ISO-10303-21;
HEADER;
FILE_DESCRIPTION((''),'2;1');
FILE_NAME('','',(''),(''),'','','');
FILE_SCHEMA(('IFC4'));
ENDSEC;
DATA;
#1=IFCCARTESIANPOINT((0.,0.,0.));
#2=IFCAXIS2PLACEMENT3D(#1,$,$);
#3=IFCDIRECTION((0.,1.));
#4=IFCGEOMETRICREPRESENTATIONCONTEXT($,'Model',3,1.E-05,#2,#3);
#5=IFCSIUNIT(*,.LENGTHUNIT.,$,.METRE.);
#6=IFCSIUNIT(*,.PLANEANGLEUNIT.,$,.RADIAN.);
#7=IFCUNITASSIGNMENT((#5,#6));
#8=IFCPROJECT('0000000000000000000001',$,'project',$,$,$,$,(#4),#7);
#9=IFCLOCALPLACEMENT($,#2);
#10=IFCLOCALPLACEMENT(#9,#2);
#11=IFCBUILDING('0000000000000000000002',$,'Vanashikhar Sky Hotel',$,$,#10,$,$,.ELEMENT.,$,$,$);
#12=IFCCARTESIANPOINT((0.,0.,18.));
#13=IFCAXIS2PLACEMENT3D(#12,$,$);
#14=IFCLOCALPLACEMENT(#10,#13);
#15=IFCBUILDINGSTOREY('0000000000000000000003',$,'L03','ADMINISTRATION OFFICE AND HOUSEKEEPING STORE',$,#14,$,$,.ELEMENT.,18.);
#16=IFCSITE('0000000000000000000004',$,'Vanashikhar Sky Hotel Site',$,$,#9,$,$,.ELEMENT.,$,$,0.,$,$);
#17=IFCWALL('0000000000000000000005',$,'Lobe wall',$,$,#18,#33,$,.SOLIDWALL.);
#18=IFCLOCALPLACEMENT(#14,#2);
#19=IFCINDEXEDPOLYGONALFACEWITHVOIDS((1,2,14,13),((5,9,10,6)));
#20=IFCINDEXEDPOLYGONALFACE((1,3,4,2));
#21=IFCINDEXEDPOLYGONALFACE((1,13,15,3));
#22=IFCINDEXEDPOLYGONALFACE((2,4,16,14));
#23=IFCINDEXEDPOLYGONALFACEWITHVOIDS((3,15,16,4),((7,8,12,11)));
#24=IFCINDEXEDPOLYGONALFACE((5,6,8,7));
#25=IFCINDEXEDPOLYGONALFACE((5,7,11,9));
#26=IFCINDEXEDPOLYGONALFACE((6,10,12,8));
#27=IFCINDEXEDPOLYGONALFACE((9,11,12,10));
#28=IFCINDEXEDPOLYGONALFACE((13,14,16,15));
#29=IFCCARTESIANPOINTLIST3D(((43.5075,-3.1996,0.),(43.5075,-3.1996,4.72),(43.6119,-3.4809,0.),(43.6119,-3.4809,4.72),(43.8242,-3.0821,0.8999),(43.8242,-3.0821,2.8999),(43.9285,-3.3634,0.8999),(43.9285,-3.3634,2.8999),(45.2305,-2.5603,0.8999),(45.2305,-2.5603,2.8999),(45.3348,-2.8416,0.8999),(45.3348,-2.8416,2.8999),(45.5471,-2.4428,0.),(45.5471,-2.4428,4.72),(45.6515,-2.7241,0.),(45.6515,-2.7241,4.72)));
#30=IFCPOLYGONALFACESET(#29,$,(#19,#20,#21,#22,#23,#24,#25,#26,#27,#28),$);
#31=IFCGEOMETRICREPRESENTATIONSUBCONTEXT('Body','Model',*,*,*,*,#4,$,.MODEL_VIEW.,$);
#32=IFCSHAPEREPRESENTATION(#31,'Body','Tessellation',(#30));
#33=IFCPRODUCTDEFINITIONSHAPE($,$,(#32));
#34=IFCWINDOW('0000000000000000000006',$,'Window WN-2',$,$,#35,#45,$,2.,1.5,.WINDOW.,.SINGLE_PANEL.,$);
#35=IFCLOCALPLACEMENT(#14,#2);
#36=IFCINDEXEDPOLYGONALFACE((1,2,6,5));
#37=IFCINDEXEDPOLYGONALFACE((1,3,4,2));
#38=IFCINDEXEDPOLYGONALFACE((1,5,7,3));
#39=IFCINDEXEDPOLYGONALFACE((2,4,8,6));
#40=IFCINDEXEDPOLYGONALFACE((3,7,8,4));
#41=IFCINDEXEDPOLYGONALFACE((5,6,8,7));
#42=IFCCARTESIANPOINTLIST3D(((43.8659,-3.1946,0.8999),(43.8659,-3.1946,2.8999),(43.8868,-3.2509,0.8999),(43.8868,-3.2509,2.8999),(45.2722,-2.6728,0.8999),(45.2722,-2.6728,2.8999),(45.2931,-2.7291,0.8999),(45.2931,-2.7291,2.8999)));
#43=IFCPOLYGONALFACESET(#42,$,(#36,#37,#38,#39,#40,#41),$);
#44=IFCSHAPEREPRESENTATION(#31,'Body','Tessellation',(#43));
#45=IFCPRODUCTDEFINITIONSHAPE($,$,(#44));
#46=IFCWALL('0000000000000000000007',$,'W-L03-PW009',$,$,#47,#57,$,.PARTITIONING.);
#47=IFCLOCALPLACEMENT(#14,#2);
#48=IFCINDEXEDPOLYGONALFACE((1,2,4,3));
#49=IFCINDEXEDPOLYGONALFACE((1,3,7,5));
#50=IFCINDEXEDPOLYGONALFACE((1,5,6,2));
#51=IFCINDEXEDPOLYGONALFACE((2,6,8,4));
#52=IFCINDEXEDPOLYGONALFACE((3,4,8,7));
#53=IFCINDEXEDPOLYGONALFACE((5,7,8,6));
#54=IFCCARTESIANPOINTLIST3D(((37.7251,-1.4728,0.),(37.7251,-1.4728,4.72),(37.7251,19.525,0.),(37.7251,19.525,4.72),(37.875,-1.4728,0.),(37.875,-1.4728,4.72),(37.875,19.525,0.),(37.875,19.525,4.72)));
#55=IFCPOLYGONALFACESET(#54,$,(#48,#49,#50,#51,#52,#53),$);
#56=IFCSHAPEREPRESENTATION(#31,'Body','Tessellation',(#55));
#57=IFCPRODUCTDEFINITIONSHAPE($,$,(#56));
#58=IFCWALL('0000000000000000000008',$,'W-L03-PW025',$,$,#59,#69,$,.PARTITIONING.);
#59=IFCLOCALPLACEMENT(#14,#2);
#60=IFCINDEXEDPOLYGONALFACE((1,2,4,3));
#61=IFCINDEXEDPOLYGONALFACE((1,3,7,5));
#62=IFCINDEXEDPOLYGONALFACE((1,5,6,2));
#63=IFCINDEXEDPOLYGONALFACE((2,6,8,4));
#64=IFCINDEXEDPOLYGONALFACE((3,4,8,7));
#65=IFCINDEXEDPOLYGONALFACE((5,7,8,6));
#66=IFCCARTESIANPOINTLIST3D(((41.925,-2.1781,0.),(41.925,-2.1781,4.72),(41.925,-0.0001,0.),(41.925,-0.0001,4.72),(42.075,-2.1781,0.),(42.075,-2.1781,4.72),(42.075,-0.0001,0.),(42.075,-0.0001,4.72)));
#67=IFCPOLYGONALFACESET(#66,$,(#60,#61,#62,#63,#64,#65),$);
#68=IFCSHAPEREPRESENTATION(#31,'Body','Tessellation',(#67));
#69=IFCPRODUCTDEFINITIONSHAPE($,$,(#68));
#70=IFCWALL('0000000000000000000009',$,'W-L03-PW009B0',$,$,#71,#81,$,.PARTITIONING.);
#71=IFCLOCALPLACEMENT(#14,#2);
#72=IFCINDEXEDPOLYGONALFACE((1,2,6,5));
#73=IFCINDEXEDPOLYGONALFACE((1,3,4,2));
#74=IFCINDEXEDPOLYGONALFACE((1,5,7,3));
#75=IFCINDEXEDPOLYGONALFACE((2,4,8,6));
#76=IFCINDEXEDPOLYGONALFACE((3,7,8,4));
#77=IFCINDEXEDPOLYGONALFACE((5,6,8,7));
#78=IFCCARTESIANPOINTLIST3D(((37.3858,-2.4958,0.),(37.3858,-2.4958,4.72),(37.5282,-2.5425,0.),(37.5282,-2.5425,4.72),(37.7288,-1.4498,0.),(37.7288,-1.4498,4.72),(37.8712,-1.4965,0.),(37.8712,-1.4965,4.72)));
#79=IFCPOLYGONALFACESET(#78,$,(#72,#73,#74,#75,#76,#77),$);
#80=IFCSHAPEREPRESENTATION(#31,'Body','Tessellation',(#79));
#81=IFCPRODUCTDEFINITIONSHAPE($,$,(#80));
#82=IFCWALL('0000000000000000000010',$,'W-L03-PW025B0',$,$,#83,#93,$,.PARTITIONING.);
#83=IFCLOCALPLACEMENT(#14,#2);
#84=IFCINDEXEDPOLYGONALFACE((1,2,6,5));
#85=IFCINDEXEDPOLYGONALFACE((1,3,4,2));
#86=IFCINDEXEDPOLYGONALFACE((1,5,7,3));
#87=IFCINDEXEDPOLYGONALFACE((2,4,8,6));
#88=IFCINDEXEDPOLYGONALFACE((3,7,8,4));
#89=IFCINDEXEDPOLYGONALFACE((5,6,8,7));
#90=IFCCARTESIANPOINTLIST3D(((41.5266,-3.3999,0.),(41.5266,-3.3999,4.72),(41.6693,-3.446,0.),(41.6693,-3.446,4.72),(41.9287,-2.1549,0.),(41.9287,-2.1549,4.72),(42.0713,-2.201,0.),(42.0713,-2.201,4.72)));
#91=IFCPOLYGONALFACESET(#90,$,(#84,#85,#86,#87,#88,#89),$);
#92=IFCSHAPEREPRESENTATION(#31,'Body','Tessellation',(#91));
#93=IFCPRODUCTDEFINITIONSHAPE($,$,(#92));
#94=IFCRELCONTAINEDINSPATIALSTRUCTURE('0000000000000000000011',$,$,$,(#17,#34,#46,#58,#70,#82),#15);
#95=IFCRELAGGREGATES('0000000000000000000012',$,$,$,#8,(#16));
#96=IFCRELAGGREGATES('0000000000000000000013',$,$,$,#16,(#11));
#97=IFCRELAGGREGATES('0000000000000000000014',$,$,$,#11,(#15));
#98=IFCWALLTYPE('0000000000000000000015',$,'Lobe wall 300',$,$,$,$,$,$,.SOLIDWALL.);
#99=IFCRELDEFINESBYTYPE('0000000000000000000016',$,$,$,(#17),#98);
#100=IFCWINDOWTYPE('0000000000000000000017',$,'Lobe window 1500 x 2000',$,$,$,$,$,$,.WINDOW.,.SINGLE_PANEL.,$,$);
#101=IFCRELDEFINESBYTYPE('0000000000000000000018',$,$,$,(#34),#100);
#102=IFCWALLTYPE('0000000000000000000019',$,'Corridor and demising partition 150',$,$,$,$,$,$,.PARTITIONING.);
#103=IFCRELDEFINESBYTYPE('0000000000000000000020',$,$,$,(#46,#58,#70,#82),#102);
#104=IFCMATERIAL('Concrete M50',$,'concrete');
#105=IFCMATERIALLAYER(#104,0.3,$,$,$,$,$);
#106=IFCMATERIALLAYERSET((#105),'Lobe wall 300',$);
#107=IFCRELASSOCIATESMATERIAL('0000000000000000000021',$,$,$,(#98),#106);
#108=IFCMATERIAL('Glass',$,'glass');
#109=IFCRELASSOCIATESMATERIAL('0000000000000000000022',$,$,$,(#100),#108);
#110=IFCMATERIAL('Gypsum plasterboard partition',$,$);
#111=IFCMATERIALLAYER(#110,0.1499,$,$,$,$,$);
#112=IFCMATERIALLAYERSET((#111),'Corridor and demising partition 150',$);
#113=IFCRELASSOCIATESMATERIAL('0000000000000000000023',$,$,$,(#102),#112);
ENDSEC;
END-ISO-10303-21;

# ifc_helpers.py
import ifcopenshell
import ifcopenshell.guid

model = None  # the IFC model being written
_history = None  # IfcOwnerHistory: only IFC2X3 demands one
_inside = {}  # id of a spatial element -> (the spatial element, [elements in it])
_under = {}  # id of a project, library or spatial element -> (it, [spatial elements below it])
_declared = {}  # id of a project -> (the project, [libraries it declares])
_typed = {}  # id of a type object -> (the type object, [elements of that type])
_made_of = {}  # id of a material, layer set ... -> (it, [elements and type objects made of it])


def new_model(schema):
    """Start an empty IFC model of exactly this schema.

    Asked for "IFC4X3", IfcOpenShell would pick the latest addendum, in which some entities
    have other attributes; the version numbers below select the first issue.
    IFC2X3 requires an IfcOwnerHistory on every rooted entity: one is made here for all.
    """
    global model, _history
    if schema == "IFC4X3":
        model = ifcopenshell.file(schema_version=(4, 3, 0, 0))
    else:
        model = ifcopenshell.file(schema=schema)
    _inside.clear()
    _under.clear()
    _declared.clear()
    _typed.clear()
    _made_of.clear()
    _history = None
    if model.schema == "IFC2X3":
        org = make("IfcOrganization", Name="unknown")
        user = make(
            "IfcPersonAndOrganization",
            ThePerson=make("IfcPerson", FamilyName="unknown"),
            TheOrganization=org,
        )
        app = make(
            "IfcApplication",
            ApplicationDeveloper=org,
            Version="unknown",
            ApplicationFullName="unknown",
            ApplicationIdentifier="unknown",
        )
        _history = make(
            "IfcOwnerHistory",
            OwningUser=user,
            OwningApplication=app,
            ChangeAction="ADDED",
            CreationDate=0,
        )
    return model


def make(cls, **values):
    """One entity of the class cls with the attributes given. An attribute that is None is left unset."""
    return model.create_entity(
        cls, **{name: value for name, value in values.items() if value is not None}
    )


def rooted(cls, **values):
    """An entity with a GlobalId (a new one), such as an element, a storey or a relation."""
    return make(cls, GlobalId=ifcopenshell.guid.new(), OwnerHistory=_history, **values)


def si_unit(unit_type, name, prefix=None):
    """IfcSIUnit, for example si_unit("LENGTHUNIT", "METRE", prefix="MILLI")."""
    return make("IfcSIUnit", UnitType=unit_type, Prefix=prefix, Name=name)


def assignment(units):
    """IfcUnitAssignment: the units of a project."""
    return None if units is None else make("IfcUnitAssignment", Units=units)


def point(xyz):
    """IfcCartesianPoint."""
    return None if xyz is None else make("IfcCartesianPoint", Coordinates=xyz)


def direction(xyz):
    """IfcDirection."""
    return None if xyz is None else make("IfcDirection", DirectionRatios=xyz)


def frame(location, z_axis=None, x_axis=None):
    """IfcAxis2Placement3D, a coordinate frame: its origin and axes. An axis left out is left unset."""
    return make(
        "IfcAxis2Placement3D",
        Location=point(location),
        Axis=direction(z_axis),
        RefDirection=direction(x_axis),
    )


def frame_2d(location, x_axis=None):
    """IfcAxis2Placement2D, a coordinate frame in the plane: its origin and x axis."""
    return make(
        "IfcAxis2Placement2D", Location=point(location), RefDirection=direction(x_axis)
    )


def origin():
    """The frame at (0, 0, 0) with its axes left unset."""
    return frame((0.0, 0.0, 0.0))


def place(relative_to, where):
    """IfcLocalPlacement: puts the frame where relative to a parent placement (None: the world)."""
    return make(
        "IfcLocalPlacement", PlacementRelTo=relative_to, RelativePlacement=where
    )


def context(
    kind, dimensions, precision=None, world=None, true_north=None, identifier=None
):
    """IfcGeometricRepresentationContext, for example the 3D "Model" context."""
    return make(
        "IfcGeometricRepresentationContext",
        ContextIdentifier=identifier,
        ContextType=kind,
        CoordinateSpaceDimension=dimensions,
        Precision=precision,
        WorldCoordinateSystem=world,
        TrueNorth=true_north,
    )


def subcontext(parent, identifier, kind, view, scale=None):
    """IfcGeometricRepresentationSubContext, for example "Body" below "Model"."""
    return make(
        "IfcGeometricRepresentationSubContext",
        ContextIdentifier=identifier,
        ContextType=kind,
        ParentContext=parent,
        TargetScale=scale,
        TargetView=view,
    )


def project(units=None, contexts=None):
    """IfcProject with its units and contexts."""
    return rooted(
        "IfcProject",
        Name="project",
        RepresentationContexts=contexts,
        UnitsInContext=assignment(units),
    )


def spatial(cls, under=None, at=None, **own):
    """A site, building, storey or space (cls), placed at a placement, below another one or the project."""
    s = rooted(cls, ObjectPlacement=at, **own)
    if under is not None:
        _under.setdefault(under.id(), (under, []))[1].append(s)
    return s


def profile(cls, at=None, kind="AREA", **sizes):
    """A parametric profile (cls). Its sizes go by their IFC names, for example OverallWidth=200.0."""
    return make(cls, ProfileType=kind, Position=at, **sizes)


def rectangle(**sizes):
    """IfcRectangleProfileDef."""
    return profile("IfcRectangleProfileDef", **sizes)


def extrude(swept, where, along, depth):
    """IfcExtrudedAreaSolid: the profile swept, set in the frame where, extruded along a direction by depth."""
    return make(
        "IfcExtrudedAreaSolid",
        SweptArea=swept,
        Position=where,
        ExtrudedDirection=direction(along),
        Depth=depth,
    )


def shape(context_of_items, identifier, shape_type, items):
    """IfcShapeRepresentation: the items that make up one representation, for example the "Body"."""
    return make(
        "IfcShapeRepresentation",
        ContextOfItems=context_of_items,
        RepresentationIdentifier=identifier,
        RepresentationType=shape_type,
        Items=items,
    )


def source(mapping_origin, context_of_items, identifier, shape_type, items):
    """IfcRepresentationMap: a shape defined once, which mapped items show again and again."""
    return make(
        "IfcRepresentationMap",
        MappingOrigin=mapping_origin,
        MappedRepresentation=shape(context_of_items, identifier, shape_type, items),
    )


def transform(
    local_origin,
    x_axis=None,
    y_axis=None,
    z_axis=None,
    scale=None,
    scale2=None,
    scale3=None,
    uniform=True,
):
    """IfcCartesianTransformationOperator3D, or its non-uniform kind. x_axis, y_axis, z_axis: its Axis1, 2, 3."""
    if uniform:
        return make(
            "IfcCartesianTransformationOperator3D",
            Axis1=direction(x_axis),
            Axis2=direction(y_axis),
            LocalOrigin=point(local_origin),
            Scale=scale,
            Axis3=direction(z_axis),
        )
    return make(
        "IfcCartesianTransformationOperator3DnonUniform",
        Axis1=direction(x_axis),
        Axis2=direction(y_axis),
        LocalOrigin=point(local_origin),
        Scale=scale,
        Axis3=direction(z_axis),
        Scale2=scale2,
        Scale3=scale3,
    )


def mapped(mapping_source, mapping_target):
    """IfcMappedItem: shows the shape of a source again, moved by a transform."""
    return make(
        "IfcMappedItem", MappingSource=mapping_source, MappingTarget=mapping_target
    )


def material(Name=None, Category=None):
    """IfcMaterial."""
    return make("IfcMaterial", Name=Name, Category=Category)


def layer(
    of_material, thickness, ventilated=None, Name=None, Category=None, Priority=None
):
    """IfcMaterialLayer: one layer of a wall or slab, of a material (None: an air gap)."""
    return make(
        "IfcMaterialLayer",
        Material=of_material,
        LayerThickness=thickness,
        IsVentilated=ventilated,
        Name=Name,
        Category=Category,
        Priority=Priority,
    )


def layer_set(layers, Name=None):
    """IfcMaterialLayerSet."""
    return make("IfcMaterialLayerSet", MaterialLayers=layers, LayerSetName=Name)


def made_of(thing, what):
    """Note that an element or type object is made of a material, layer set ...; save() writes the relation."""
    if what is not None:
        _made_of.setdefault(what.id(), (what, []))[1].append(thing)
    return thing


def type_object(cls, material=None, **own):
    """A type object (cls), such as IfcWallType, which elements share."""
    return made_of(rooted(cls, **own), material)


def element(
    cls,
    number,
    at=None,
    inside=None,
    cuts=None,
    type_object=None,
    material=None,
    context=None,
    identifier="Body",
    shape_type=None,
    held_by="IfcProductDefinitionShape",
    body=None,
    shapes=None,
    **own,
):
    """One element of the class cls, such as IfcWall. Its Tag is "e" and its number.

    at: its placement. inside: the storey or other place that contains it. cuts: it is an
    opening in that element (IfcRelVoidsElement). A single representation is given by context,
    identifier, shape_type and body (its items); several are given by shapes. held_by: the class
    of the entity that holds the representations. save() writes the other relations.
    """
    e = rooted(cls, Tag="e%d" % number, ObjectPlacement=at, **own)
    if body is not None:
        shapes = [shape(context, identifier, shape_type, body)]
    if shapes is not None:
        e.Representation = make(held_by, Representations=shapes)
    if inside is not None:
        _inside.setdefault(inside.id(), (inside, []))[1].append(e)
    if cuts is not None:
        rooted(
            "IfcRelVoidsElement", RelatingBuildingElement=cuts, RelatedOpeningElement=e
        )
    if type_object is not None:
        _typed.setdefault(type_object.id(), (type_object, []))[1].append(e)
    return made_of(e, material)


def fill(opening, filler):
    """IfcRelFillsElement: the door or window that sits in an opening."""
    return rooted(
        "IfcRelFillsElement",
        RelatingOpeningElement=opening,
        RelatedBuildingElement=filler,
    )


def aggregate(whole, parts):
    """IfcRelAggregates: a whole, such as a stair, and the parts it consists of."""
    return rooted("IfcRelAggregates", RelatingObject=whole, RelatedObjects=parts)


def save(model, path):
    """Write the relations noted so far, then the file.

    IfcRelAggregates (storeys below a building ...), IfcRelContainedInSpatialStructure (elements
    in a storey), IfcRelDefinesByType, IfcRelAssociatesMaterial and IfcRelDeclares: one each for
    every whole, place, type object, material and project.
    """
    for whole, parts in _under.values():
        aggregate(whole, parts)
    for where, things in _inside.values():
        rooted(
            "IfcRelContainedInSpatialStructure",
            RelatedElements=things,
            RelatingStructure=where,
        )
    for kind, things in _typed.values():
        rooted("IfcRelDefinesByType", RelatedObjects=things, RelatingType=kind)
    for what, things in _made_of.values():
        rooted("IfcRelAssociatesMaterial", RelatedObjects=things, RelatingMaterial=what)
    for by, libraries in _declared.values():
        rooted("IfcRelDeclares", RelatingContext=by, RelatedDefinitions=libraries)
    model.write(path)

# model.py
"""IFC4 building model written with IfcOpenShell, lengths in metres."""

from ifc_helpers import new_model, si_unit, direction, frame, frame_2d, origin, place, context, subcontext, project, spatial, rectangle, extrude, source, transform, mapped, material, layer, layer_set, type_object, element, fill, save


model = new_model("IFC4")

# Units and contexts
model_context = context("Model", 3, precision=1e-05, world=origin(), true_north=direction((0.0, 1.0)))
body_context = subcontext(model_context, "Body", "Model", "MODEL_VIEW")
ifc_project = project(units=[si_unit("LENGTHUNIT", "METRE"), si_unit("PLANEANGLEUNIT", "RADIAN")], contexts=[model_context])

# Site, building, storey
site_placement = place(None, origin())
site = spatial("IfcSite", under=ifc_project, at=site_placement, Name="Vanashikhar Sky Hotel Site", CompositionType="ELEMENT", RefElevation=0.0)
building_placement = place(site_placement, origin())
building = spatial("IfcBuilding", under=site, at=building_placement, Name="Vanashikhar Sky Hotel", CompositionType="ELEMENT")
storey_placement = place(building_placement, frame((0.0, 0.0, 18.0)))
storey = spatial("IfcBuildingStorey", under=building, at=storey_placement, Name="L03", Description="ADMINISTRATION OFFICE AND HOUSEKEEPING STORE", CompositionType="ELEMENT", Elevation=18.0)

# Wall, opening, window
ifc_material_1 = material(Name="Concrete M50", Category="concrete")
ifc_layer_1 = layer(ifc_material_1, 0.3)
ifc_layer_set_1 = layer_set([ifc_layer_1], Name="Lobe wall 300")
wall_type_1 = type_object("IfcWallType", Name="Lobe wall 300", PredefinedType="SOLIDWALL", material=ifc_layer_set_1)
shared_shape_1 = source(origin(), body_context, "Body", "SweptSolid", [
    extrude(rectangle(XDim=1.5, YDim=2.0, at=frame_2d((0.75, 1.0))), frame((0.0, 0.1602, 0.0), z_axis=(0.0, -1.0, 0.0), x_axis=(1.0, 0.0, 0.0)), (0.0, 0.0, 1.0), 0.3201),
])
ifc_material_2 = material(Name="Glass", Category="glass")
window_type = type_object("IfcWindowType", Name="Lobe window 1500 x 2000", PartitioningType="SINGLE_PANEL", PredefinedType="WINDOW", material=ifc_material_2)
shared_shape_2 = source(origin(), body_context, "Body", "SweptSolid", [
    extrude(rectangle(XDim=1.5, YDim=2.0, at=frame_2d((0.75, 1.0))), frame((0.0, 0.03, 0.0), z_axis=(0.0, -1.0, 0.0), x_axis=(1.0, 0.0, 0.0)), (0.0, 0.0, 1.0), 0.0601),
])
shared_shape_3 = source(origin(), body_context, "Body", "SweptSolid", [
    extrude(rectangle(XDim=2.1755, YDim=0.3, at=frame_2d((1.0879, 0.0))), origin(), (0.0, 0.0, 1.0), 4.72),
])
wall_1_placement = place(storey_placement, frame((43.5596, -3.3403, 0.0), z_axis=(0.0, 0.0, 1.0), x_axis=(0.937532, 0.347899, 0.0)))
wall_1 = element("IfcWall", 1, at=wall_1_placement, inside=storey, type_object=wall_type_1, Name="Lobe wall", PredefinedType="SOLIDWALL", context=body_context, shape_type="MappedRepresentation", body=[
    mapped(shared_shape_3, transform((0.0, 0.0, 0.0), scale=1.0)),
])
opening_1_placement = place(wall_1_placement, frame((0.3379, 0.0, 0.8999)))
opening_1 = element("IfcOpeningElement", 2, at=opening_1_placement, cuts=wall_1, PredefinedType="OPENING", context=body_context, shape_type="MappedRepresentation", body=[
    mapped(shared_shape_1, transform((0.0, 0.0, 0.0), scale=1.0)),
])
window_1_placement = place(opening_1_placement, origin())
window_1 = element("IfcWindow", 3, at=window_1_placement, inside=storey, type_object=window_type, Name="Window WN-2", OverallHeight=2.0, OverallWidth=1.5, PartitioningType="SINGLE_PANEL", PredefinedType="WINDOW", context=body_context, shape_type="MappedRepresentation", body=[
    mapped(shared_shape_2, transform((0.0, 0.0, 0.0), scale=1.0)),
])
fill(opening_1, window_1)

# Walls
ifc_material_3 = material(Name="Gypsum plasterboard partition")
ifc_layer_2 = layer(ifc_material_3, 0.1499)
ifc_layer_set_2 = layer_set([ifc_layer_2], Name="Corridor and demising partition 150")
wall_type_2 = type_object("IfcWallType", Name="Corridor and demising partition 150", PredefinedType="PARTITIONING", material=ifc_layer_set_2)
shared_shape_4 = source(origin(), body_context, "Body", "SweptSolid", [
    extrude(rectangle(XDim=20.9978, YDim=0.1499, at=frame_2d((10.499, 0.0))), origin(), (0.0, 0.0, 1.0), 4.72),
])
wall_2_placement = place(storey_placement, frame((37.8, -1.4729, 0.0), z_axis=(0.0, 0.0, 1.0), x_axis=(0.0, 1.0, 0.0)))
element("IfcWall", 4, at=wall_2_placement, inside=storey, type_object=wall_type_2, Name="W-L03-PW009", PredefinedType="PARTITIONING", context=body_context, shape_type="MappedRepresentation", body=[
    mapped(shared_shape_4, transform((0.0, 0.0, 0.0), scale=1.0)),
])
shared_shape_5 = source(origin(), body_context, "Body", "SweptSolid", [
    extrude(rectangle(XDim=2.178, YDim=0.1499, at=frame_2d((1.0889, 0.0))), origin(), (0.0, 0.0, 1.0), 4.72),
])
wall_3_placement = place(storey_placement, frame((42.0, -2.178, 0.0), z_axis=(0.0, 0.0, 1.0), x_axis=(0.0, 1.0, 0.0)))
element("IfcWall", 5, at=wall_3_placement, inside=storey, type_object=wall_type_2, Name="W-L03-PW025", PredefinedType="PARTITIONING", context=body_context, shape_type="MappedRepresentation", body=[
    mapped(shared_shape_5, transform((0.0, 0.0, 0.0), scale=1.0)),
])
shared_shape_6 = source(origin(), body_context, "Body", "SweptSolid", [
    extrude(rectangle(XDim=1.1008, YDim=0.1499, at=frame_2d((0.5503, 0.0))), origin(), (0.0, 0.0, 1.0), 4.72),
])
wall_4_placement = place(storey_placement, frame((37.457, -2.519, 0.0), z_axis=(0.0, 0.0, 1.0), x_axis=(0.311567, 0.950224, 0.0)))
element("IfcWall", 6, at=wall_4_placement, inside=storey, type_object=wall_type_2, Name="W-L03-PW009B0", PredefinedType="PARTITIONING", context=body_context, shape_type="MappedRepresentation", body=[
    mapped(shared_shape_6, transform((0.0, 0.0, 0.0), scale=1.0)),
])
shared_shape_7 = source(origin(), body_context, "Body", "SweptSolid", [
    extrude(rectangle(XDim=1.3083, YDim=0.1499, at=frame_2d((0.6543, 0.0))), origin(), (0.0, 0.0, 1.0), 4.72),
])
wall_5_placement = place(storey_placement, frame((41.5979, -3.4231, 0.0), z_axis=(0.0, 0.0, 1.0), x_axis=(0.307314, 0.951608, 0.0)))
element("IfcWall", 7, at=wall_5_placement, inside=storey, type_object=wall_type_2, Name="W-L03-PW025B0", PredefinedType="PARTITIONING", context=body_context, shape_type="MappedRepresentation", body=[
    mapped(shared_shape_7, transform((0.0, 0.0, 0.0), scale=1.0)),
])

save(model, "model.ifc")
